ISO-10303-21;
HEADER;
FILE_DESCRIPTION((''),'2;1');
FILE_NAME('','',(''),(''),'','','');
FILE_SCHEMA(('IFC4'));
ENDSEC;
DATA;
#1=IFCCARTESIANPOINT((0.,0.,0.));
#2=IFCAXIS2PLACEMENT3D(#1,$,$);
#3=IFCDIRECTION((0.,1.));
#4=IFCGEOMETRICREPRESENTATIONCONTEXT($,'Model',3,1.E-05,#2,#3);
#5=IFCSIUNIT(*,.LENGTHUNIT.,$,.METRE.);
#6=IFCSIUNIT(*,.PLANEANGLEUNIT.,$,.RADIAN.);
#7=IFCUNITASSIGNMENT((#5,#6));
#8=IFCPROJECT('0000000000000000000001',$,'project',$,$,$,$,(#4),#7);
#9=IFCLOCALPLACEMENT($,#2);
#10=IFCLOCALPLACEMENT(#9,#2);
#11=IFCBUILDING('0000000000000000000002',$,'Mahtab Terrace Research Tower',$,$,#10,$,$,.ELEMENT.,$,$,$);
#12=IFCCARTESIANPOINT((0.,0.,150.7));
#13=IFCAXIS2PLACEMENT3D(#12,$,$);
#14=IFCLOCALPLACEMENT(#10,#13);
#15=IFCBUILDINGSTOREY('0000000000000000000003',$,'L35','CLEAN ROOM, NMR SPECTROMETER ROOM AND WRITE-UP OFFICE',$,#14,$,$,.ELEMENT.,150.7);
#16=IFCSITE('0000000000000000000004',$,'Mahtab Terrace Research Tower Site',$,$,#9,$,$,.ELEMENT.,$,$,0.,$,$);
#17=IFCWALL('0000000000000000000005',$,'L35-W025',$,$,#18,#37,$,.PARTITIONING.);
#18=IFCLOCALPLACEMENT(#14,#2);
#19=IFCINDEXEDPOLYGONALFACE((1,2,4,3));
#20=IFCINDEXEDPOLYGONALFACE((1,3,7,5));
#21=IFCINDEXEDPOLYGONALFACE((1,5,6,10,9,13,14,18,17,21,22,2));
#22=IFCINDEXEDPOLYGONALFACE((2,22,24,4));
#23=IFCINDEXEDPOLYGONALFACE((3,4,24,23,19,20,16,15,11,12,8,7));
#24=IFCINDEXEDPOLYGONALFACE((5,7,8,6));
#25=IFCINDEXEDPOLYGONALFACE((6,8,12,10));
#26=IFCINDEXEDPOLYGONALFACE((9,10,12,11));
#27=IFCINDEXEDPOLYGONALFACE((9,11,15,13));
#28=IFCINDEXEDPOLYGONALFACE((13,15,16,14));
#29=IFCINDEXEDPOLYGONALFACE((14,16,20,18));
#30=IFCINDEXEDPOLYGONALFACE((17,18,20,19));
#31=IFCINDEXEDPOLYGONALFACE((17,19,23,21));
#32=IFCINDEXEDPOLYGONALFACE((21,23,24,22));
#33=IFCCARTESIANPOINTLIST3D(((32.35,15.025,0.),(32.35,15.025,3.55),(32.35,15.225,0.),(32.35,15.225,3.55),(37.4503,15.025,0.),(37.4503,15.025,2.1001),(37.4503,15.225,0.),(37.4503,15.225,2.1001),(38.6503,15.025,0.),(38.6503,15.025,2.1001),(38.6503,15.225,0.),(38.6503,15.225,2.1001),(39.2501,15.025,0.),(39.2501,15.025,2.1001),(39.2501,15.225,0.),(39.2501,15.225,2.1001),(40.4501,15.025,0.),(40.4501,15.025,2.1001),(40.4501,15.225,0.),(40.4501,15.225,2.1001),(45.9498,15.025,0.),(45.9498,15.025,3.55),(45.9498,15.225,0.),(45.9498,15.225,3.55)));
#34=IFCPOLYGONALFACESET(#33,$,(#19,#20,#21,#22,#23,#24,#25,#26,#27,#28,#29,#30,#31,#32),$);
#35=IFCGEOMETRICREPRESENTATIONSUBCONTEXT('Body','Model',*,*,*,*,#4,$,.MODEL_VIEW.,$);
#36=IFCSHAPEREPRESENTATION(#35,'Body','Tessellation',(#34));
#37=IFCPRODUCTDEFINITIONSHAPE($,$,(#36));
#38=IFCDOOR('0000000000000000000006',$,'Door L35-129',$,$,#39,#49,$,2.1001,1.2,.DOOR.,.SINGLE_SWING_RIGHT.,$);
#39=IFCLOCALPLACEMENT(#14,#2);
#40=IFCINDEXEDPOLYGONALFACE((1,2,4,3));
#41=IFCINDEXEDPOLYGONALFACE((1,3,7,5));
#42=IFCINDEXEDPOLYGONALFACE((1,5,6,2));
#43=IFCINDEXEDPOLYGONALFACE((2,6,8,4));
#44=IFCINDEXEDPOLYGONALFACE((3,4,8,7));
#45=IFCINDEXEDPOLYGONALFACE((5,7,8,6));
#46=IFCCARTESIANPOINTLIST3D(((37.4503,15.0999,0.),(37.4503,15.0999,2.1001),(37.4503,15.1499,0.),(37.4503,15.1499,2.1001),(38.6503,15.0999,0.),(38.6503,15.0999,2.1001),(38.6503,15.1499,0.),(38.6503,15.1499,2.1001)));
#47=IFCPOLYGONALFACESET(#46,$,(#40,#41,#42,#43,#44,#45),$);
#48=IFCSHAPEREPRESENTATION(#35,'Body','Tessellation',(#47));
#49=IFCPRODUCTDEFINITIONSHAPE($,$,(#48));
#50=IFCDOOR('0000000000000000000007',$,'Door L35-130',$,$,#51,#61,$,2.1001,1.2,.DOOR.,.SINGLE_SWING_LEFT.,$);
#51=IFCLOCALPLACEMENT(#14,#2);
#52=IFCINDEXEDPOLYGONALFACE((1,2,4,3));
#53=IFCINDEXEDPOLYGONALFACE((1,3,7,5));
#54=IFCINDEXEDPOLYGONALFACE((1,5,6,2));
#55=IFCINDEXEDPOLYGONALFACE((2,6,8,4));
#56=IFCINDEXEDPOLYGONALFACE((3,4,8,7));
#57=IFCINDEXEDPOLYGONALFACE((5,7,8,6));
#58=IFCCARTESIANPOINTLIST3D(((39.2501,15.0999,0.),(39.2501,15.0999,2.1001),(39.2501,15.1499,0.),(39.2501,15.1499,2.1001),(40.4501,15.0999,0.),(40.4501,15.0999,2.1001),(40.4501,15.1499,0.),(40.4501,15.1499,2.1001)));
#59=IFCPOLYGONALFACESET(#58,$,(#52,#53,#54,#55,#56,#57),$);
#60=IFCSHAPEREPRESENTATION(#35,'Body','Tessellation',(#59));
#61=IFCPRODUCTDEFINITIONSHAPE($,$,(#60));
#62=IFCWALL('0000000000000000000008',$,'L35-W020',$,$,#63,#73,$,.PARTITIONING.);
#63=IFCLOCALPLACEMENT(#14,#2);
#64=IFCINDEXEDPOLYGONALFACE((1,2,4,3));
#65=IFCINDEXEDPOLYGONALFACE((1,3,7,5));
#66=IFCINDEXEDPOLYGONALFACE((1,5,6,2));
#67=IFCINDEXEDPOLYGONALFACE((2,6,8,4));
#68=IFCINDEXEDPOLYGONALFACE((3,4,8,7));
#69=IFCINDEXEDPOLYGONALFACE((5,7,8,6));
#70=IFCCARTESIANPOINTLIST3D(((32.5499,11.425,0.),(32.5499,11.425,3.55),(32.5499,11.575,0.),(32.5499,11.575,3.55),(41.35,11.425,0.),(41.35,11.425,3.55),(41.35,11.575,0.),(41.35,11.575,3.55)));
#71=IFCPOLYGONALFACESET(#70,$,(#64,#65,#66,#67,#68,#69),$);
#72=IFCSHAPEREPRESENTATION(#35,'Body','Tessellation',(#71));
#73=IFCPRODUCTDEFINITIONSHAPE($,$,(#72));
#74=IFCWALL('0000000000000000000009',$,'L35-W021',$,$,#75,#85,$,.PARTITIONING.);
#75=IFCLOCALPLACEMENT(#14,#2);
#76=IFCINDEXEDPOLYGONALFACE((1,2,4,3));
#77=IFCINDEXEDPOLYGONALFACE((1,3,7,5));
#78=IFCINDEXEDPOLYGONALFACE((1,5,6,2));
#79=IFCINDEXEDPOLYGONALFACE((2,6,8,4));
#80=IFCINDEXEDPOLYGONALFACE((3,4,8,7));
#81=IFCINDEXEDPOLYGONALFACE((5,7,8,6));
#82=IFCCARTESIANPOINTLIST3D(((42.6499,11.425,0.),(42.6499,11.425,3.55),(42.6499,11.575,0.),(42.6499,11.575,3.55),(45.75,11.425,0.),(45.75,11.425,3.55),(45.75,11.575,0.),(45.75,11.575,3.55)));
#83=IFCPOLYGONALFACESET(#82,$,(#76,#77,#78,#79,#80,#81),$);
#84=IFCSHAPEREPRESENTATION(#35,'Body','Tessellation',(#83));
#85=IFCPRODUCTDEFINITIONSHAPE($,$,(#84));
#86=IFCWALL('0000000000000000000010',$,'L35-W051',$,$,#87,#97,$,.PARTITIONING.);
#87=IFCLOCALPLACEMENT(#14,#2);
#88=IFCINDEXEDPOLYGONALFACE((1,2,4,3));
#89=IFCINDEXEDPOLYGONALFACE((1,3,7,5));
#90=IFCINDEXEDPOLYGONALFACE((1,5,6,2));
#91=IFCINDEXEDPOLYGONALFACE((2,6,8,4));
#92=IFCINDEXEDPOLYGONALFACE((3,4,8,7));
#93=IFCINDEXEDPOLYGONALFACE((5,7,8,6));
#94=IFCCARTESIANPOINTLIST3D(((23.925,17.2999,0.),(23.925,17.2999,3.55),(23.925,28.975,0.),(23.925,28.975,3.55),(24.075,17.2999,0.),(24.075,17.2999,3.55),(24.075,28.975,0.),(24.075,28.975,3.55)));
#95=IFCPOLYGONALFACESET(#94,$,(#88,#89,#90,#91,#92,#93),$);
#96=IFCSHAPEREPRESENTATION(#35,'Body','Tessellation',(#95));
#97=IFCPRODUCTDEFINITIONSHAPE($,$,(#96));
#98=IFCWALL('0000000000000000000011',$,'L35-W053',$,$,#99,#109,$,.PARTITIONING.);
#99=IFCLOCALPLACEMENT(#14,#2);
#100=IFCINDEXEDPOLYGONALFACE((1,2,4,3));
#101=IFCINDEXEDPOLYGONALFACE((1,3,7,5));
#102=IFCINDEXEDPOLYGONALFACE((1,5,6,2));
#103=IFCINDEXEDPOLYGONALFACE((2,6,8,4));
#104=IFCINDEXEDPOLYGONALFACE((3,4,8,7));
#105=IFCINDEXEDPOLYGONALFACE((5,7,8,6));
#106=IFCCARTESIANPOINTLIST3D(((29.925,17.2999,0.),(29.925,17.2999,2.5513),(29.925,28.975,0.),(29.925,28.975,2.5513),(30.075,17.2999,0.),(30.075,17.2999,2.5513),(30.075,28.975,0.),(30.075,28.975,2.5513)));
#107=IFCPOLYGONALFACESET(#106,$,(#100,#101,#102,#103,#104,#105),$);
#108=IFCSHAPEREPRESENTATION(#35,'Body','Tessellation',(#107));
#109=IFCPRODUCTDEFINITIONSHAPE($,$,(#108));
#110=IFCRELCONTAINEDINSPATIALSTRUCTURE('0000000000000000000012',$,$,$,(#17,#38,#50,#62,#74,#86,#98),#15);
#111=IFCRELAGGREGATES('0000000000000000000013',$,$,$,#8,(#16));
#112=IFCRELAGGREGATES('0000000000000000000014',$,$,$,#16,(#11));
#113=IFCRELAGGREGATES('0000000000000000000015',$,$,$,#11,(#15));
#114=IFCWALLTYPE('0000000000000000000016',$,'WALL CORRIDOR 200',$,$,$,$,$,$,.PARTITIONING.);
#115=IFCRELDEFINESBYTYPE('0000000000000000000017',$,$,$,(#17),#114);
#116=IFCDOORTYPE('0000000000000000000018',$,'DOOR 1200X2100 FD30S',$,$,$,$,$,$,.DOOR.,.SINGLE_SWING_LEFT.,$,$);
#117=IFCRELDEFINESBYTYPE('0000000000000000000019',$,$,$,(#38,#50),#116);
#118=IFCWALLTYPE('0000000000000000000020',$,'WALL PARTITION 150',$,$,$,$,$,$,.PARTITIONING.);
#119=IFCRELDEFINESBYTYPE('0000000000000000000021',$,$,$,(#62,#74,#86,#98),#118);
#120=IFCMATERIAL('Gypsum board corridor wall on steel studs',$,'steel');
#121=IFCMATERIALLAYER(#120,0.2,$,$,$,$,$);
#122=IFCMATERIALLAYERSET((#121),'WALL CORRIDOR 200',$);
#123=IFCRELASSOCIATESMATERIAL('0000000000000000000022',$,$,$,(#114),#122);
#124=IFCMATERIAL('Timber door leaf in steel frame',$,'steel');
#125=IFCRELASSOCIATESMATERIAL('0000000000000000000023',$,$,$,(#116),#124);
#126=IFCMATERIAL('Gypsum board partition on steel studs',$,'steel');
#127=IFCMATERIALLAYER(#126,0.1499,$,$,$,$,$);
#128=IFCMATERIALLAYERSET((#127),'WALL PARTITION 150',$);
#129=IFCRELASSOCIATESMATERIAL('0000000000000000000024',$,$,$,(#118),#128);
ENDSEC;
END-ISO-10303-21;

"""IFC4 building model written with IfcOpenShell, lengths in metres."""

from ifc_helpers import new_model, si_unit, direction, frame, frame_2d, origin, place, context, subcontext, project, spatial, rectangle, extrude, material, layer, layer_set, type_object, element, fill, save


model = new_model("IFC4")

# Units and contexts
model_context = context("Model", 3, precision=1e-05, world=origin(), true_north=direction((0.0, 1.0)))
body_context = subcontext(model_context, "Body", "Model", "MODEL_VIEW")
ifc_project = project(units=[si_unit("LENGTHUNIT", "METRE"), si_unit("PLANEANGLEUNIT", "RADIAN")], contexts=[model_context])

# Site, building, storey
site_placement = place(None, origin())
site = spatial("IfcSite", under=ifc_project, at=site_placement, Name="Mahtab Terrace Research Tower Site", CompositionType="ELEMENT", RefElevation=0.0)
building_placement = place(site_placement, origin())
building = spatial("IfcBuilding", under=site, at=building_placement, Name="Mahtab Terrace Research Tower", CompositionType="ELEMENT")
storey_placement = place(building_placement, frame((0.0, 0.0, 150.7)))
storey = spatial("IfcBuildingStorey", under=building, at=storey_placement, Name="L35", Description="CLEAN ROOM, NMR SPECTROMETER ROOM AND WRITE-UP OFFICE", CompositionType="ELEMENT", Elevation=150.7)

# Wall, openings, doors
ifc_material_1 = material(Name="Gypsum board corridor wall on steel studs", Category="steel")
ifc_layer_1 = layer(ifc_material_1, 0.2)
ifc_layer_set_1 = layer_set([ifc_layer_1], Name="WALL CORRIDOR 200")
wall_type_1 = type_object("IfcWallType", Name="WALL CORRIDOR 200", PredefinedType="PARTITIONING", material=ifc_layer_set_1)
wall_1_placement = place(storey_placement, frame((32.3501, 15.125, 0.0), z_axis=(0.0, 0.0, 1.0), x_axis=(1.0, 0.0, 0.0)))
wall_1 = element("IfcWall", 1, at=wall_1_placement, inside=storey, type_object=wall_type_1, Name="L35-W025", PredefinedType="PARTITIONING", context=body_context, shape_type="SweptSolid", body=[
    extrude(rectangle(XDim=13.5999, YDim=0.2, at=frame_2d((6.7998, 0.0))), origin(), (0.0, 0.0, 1.0), 3.55),
])
opening_1_placement = place(wall_1_placement, frame((5.1001, 0.0, 0.0)))
opening_1 = element("IfcOpeningElement", 2, at=opening_1_placement, cuts=wall_1, PredefinedType="OPENING", context=body_context, shape_type="SweptSolid", body=[
    extrude(rectangle(XDim=1.2, YDim=2.1001, at=frame_2d((0.6001, 1.05))), frame((0.0, 0.1099, 0.0), z_axis=(0.0, -1.0, 0.0), x_axis=(1.0, 0.0, 0.0)), (0.0, 0.0, 1.0), 0.22),
])
opening_2_placement = place(wall_1_placement, frame((6.8999, 0.0, 0.0)))
opening_2 = element("IfcOpeningElement", 3, at=opening_2_placement, cuts=wall_1, PredefinedType="OPENING", context=body_context, shape_type="SweptSolid", body=[
    extrude(rectangle(XDim=1.2, YDim=2.1001, at=frame_2d((0.6001, 1.05))), frame((0.0, 0.1099, 0.0), z_axis=(0.0, -1.0, 0.0), x_axis=(1.0, 0.0, 0.0)), (0.0, 0.0, 1.0), 0.22),
])
ifc_material_2 = material(Name="Timber door leaf in steel frame", Category="steel")
door_type_1 = type_object("IfcDoorType", Name="DOOR 1200X2100 FD30S", OperationType="SINGLE_SWING_LEFT", PredefinedType="DOOR", material=ifc_material_2)
door_1_placement = place(opening_1_placement, origin())
door_1 = element("IfcDoor", 4, at=door_1_placement, inside=storey, type_object=door_type_1, Name="Door L35-129", OperationType="SINGLE_SWING_RIGHT", OverallHeight=2.1001, OverallWidth=1.2, PredefinedType="DOOR", context=body_context, shape_type="SweptSolid", body=[
    extrude(rectangle(XDim=1.2, YDim=2.1001, at=frame_2d((0.6001, 1.05))), frame((0.0, 0.0249, 0.0), z_axis=(0.0, -1.0, 0.0), x_axis=(1.0, 0.0, 0.0)), (0.0, 0.0, 1.0), 0.05),
])
fill(opening_1, door_1)
door_2_placement = place(opening_2_placement, origin())
door_2 = element("IfcDoor", 5, at=door_2_placement, inside=storey, type_object=door_type_1, Name="Door L35-130", OperationType="SINGLE_SWING_LEFT", OverallHeight=2.1001, OverallWidth=1.2, PredefinedType="DOOR", context=body_context, shape_type="SweptSolid", body=[
    extrude(rectangle(XDim=1.2, YDim=2.1001, at=frame_2d((0.6001, 1.05))), frame((0.0, 0.0249, 0.0), z_axis=(0.0, -1.0, 0.0), x_axis=(1.0, 0.0, 0.0)), (0.0, 0.0, 1.0), 0.05),
])
fill(opening_2, door_2)

# Walls
ifc_material_3 = material(Name="Gypsum board partition on steel studs", Category="steel")
ifc_layer_2 = layer(ifc_material_3, 0.1499)
ifc_layer_set_2 = layer_set([ifc_layer_2], Name="WALL PARTITION 150")
wall_type_2 = type_object("IfcWallType", Name="WALL PARTITION 150", PredefinedType="PARTITIONING", material=ifc_layer_set_2)
wall_2_placement = place(storey_placement, frame((32.55, 11.5, 0.0), z_axis=(0.0, 0.0, 1.0), x_axis=(1.0, 0.0, 0.0)))
element("IfcWall", 6, at=wall_2_placement, inside=storey, type_object=wall_type_2, Name="L35-W020", PredefinedType="PARTITIONING", context=body_context, shape_type="SweptSolid", body=[
    extrude(rectangle(XDim=8.8, YDim=0.1499, at=frame_2d((4.3999, 0.0))), origin(), (0.0, 0.0, 1.0), 3.55),
])
wall_3_placement = place(storey_placement, frame((42.6499, 11.5, 0.0), z_axis=(0.0, 0.0, 1.0), x_axis=(1.0, 0.0, 0.0)))
element("IfcWall", 7, at=wall_3_placement, inside=storey, type_object=wall_type_2, Name="L35-W021", PredefinedType="PARTITIONING", context=body_context, shape_type="SweptSolid", body=[
    extrude(rectangle(XDim=3.1001, YDim=0.1499, at=frame_2d((1.55, 0.0))), origin(), (0.0, 0.0, 1.0), 3.55),
])
wall_4_placement = place(storey_placement, frame((24.0, 17.3, 0.0), z_axis=(0.0, 0.0, 1.0), x_axis=(0.0, 1.0, 0.0)))
element("IfcWall", 8, at=wall_4_placement, inside=storey, type_object=wall_type_2, Name="L35-W051", PredefinedType="PARTITIONING", context=body_context, shape_type="SweptSolid", body=[
    extrude(rectangle(XDim=11.675, YDim=0.1499, at=frame_2d((5.8374, 0.0))), origin(), (0.0, 0.0, 1.0), 3.55),
])
wall_5_placement = place(storey_placement, frame((30.0, 17.3, 0.0), z_axis=(0.0, 0.0, 1.0), x_axis=(0.0, 1.0, 0.0)))
element("IfcWall", 9, at=wall_5_placement, inside=storey, type_object=wall_type_2, Name="L35-W053", PredefinedType="PARTITIONING", context=body_context, shape_type="SweptSolid", body=[
    extrude(rectangle(XDim=11.675, YDim=0.1499, at=frame_2d((5.8374, 0.0))), origin(), (0.0, 0.0, 1.0), 2.5513),
])

save(model, "model.ifc")
